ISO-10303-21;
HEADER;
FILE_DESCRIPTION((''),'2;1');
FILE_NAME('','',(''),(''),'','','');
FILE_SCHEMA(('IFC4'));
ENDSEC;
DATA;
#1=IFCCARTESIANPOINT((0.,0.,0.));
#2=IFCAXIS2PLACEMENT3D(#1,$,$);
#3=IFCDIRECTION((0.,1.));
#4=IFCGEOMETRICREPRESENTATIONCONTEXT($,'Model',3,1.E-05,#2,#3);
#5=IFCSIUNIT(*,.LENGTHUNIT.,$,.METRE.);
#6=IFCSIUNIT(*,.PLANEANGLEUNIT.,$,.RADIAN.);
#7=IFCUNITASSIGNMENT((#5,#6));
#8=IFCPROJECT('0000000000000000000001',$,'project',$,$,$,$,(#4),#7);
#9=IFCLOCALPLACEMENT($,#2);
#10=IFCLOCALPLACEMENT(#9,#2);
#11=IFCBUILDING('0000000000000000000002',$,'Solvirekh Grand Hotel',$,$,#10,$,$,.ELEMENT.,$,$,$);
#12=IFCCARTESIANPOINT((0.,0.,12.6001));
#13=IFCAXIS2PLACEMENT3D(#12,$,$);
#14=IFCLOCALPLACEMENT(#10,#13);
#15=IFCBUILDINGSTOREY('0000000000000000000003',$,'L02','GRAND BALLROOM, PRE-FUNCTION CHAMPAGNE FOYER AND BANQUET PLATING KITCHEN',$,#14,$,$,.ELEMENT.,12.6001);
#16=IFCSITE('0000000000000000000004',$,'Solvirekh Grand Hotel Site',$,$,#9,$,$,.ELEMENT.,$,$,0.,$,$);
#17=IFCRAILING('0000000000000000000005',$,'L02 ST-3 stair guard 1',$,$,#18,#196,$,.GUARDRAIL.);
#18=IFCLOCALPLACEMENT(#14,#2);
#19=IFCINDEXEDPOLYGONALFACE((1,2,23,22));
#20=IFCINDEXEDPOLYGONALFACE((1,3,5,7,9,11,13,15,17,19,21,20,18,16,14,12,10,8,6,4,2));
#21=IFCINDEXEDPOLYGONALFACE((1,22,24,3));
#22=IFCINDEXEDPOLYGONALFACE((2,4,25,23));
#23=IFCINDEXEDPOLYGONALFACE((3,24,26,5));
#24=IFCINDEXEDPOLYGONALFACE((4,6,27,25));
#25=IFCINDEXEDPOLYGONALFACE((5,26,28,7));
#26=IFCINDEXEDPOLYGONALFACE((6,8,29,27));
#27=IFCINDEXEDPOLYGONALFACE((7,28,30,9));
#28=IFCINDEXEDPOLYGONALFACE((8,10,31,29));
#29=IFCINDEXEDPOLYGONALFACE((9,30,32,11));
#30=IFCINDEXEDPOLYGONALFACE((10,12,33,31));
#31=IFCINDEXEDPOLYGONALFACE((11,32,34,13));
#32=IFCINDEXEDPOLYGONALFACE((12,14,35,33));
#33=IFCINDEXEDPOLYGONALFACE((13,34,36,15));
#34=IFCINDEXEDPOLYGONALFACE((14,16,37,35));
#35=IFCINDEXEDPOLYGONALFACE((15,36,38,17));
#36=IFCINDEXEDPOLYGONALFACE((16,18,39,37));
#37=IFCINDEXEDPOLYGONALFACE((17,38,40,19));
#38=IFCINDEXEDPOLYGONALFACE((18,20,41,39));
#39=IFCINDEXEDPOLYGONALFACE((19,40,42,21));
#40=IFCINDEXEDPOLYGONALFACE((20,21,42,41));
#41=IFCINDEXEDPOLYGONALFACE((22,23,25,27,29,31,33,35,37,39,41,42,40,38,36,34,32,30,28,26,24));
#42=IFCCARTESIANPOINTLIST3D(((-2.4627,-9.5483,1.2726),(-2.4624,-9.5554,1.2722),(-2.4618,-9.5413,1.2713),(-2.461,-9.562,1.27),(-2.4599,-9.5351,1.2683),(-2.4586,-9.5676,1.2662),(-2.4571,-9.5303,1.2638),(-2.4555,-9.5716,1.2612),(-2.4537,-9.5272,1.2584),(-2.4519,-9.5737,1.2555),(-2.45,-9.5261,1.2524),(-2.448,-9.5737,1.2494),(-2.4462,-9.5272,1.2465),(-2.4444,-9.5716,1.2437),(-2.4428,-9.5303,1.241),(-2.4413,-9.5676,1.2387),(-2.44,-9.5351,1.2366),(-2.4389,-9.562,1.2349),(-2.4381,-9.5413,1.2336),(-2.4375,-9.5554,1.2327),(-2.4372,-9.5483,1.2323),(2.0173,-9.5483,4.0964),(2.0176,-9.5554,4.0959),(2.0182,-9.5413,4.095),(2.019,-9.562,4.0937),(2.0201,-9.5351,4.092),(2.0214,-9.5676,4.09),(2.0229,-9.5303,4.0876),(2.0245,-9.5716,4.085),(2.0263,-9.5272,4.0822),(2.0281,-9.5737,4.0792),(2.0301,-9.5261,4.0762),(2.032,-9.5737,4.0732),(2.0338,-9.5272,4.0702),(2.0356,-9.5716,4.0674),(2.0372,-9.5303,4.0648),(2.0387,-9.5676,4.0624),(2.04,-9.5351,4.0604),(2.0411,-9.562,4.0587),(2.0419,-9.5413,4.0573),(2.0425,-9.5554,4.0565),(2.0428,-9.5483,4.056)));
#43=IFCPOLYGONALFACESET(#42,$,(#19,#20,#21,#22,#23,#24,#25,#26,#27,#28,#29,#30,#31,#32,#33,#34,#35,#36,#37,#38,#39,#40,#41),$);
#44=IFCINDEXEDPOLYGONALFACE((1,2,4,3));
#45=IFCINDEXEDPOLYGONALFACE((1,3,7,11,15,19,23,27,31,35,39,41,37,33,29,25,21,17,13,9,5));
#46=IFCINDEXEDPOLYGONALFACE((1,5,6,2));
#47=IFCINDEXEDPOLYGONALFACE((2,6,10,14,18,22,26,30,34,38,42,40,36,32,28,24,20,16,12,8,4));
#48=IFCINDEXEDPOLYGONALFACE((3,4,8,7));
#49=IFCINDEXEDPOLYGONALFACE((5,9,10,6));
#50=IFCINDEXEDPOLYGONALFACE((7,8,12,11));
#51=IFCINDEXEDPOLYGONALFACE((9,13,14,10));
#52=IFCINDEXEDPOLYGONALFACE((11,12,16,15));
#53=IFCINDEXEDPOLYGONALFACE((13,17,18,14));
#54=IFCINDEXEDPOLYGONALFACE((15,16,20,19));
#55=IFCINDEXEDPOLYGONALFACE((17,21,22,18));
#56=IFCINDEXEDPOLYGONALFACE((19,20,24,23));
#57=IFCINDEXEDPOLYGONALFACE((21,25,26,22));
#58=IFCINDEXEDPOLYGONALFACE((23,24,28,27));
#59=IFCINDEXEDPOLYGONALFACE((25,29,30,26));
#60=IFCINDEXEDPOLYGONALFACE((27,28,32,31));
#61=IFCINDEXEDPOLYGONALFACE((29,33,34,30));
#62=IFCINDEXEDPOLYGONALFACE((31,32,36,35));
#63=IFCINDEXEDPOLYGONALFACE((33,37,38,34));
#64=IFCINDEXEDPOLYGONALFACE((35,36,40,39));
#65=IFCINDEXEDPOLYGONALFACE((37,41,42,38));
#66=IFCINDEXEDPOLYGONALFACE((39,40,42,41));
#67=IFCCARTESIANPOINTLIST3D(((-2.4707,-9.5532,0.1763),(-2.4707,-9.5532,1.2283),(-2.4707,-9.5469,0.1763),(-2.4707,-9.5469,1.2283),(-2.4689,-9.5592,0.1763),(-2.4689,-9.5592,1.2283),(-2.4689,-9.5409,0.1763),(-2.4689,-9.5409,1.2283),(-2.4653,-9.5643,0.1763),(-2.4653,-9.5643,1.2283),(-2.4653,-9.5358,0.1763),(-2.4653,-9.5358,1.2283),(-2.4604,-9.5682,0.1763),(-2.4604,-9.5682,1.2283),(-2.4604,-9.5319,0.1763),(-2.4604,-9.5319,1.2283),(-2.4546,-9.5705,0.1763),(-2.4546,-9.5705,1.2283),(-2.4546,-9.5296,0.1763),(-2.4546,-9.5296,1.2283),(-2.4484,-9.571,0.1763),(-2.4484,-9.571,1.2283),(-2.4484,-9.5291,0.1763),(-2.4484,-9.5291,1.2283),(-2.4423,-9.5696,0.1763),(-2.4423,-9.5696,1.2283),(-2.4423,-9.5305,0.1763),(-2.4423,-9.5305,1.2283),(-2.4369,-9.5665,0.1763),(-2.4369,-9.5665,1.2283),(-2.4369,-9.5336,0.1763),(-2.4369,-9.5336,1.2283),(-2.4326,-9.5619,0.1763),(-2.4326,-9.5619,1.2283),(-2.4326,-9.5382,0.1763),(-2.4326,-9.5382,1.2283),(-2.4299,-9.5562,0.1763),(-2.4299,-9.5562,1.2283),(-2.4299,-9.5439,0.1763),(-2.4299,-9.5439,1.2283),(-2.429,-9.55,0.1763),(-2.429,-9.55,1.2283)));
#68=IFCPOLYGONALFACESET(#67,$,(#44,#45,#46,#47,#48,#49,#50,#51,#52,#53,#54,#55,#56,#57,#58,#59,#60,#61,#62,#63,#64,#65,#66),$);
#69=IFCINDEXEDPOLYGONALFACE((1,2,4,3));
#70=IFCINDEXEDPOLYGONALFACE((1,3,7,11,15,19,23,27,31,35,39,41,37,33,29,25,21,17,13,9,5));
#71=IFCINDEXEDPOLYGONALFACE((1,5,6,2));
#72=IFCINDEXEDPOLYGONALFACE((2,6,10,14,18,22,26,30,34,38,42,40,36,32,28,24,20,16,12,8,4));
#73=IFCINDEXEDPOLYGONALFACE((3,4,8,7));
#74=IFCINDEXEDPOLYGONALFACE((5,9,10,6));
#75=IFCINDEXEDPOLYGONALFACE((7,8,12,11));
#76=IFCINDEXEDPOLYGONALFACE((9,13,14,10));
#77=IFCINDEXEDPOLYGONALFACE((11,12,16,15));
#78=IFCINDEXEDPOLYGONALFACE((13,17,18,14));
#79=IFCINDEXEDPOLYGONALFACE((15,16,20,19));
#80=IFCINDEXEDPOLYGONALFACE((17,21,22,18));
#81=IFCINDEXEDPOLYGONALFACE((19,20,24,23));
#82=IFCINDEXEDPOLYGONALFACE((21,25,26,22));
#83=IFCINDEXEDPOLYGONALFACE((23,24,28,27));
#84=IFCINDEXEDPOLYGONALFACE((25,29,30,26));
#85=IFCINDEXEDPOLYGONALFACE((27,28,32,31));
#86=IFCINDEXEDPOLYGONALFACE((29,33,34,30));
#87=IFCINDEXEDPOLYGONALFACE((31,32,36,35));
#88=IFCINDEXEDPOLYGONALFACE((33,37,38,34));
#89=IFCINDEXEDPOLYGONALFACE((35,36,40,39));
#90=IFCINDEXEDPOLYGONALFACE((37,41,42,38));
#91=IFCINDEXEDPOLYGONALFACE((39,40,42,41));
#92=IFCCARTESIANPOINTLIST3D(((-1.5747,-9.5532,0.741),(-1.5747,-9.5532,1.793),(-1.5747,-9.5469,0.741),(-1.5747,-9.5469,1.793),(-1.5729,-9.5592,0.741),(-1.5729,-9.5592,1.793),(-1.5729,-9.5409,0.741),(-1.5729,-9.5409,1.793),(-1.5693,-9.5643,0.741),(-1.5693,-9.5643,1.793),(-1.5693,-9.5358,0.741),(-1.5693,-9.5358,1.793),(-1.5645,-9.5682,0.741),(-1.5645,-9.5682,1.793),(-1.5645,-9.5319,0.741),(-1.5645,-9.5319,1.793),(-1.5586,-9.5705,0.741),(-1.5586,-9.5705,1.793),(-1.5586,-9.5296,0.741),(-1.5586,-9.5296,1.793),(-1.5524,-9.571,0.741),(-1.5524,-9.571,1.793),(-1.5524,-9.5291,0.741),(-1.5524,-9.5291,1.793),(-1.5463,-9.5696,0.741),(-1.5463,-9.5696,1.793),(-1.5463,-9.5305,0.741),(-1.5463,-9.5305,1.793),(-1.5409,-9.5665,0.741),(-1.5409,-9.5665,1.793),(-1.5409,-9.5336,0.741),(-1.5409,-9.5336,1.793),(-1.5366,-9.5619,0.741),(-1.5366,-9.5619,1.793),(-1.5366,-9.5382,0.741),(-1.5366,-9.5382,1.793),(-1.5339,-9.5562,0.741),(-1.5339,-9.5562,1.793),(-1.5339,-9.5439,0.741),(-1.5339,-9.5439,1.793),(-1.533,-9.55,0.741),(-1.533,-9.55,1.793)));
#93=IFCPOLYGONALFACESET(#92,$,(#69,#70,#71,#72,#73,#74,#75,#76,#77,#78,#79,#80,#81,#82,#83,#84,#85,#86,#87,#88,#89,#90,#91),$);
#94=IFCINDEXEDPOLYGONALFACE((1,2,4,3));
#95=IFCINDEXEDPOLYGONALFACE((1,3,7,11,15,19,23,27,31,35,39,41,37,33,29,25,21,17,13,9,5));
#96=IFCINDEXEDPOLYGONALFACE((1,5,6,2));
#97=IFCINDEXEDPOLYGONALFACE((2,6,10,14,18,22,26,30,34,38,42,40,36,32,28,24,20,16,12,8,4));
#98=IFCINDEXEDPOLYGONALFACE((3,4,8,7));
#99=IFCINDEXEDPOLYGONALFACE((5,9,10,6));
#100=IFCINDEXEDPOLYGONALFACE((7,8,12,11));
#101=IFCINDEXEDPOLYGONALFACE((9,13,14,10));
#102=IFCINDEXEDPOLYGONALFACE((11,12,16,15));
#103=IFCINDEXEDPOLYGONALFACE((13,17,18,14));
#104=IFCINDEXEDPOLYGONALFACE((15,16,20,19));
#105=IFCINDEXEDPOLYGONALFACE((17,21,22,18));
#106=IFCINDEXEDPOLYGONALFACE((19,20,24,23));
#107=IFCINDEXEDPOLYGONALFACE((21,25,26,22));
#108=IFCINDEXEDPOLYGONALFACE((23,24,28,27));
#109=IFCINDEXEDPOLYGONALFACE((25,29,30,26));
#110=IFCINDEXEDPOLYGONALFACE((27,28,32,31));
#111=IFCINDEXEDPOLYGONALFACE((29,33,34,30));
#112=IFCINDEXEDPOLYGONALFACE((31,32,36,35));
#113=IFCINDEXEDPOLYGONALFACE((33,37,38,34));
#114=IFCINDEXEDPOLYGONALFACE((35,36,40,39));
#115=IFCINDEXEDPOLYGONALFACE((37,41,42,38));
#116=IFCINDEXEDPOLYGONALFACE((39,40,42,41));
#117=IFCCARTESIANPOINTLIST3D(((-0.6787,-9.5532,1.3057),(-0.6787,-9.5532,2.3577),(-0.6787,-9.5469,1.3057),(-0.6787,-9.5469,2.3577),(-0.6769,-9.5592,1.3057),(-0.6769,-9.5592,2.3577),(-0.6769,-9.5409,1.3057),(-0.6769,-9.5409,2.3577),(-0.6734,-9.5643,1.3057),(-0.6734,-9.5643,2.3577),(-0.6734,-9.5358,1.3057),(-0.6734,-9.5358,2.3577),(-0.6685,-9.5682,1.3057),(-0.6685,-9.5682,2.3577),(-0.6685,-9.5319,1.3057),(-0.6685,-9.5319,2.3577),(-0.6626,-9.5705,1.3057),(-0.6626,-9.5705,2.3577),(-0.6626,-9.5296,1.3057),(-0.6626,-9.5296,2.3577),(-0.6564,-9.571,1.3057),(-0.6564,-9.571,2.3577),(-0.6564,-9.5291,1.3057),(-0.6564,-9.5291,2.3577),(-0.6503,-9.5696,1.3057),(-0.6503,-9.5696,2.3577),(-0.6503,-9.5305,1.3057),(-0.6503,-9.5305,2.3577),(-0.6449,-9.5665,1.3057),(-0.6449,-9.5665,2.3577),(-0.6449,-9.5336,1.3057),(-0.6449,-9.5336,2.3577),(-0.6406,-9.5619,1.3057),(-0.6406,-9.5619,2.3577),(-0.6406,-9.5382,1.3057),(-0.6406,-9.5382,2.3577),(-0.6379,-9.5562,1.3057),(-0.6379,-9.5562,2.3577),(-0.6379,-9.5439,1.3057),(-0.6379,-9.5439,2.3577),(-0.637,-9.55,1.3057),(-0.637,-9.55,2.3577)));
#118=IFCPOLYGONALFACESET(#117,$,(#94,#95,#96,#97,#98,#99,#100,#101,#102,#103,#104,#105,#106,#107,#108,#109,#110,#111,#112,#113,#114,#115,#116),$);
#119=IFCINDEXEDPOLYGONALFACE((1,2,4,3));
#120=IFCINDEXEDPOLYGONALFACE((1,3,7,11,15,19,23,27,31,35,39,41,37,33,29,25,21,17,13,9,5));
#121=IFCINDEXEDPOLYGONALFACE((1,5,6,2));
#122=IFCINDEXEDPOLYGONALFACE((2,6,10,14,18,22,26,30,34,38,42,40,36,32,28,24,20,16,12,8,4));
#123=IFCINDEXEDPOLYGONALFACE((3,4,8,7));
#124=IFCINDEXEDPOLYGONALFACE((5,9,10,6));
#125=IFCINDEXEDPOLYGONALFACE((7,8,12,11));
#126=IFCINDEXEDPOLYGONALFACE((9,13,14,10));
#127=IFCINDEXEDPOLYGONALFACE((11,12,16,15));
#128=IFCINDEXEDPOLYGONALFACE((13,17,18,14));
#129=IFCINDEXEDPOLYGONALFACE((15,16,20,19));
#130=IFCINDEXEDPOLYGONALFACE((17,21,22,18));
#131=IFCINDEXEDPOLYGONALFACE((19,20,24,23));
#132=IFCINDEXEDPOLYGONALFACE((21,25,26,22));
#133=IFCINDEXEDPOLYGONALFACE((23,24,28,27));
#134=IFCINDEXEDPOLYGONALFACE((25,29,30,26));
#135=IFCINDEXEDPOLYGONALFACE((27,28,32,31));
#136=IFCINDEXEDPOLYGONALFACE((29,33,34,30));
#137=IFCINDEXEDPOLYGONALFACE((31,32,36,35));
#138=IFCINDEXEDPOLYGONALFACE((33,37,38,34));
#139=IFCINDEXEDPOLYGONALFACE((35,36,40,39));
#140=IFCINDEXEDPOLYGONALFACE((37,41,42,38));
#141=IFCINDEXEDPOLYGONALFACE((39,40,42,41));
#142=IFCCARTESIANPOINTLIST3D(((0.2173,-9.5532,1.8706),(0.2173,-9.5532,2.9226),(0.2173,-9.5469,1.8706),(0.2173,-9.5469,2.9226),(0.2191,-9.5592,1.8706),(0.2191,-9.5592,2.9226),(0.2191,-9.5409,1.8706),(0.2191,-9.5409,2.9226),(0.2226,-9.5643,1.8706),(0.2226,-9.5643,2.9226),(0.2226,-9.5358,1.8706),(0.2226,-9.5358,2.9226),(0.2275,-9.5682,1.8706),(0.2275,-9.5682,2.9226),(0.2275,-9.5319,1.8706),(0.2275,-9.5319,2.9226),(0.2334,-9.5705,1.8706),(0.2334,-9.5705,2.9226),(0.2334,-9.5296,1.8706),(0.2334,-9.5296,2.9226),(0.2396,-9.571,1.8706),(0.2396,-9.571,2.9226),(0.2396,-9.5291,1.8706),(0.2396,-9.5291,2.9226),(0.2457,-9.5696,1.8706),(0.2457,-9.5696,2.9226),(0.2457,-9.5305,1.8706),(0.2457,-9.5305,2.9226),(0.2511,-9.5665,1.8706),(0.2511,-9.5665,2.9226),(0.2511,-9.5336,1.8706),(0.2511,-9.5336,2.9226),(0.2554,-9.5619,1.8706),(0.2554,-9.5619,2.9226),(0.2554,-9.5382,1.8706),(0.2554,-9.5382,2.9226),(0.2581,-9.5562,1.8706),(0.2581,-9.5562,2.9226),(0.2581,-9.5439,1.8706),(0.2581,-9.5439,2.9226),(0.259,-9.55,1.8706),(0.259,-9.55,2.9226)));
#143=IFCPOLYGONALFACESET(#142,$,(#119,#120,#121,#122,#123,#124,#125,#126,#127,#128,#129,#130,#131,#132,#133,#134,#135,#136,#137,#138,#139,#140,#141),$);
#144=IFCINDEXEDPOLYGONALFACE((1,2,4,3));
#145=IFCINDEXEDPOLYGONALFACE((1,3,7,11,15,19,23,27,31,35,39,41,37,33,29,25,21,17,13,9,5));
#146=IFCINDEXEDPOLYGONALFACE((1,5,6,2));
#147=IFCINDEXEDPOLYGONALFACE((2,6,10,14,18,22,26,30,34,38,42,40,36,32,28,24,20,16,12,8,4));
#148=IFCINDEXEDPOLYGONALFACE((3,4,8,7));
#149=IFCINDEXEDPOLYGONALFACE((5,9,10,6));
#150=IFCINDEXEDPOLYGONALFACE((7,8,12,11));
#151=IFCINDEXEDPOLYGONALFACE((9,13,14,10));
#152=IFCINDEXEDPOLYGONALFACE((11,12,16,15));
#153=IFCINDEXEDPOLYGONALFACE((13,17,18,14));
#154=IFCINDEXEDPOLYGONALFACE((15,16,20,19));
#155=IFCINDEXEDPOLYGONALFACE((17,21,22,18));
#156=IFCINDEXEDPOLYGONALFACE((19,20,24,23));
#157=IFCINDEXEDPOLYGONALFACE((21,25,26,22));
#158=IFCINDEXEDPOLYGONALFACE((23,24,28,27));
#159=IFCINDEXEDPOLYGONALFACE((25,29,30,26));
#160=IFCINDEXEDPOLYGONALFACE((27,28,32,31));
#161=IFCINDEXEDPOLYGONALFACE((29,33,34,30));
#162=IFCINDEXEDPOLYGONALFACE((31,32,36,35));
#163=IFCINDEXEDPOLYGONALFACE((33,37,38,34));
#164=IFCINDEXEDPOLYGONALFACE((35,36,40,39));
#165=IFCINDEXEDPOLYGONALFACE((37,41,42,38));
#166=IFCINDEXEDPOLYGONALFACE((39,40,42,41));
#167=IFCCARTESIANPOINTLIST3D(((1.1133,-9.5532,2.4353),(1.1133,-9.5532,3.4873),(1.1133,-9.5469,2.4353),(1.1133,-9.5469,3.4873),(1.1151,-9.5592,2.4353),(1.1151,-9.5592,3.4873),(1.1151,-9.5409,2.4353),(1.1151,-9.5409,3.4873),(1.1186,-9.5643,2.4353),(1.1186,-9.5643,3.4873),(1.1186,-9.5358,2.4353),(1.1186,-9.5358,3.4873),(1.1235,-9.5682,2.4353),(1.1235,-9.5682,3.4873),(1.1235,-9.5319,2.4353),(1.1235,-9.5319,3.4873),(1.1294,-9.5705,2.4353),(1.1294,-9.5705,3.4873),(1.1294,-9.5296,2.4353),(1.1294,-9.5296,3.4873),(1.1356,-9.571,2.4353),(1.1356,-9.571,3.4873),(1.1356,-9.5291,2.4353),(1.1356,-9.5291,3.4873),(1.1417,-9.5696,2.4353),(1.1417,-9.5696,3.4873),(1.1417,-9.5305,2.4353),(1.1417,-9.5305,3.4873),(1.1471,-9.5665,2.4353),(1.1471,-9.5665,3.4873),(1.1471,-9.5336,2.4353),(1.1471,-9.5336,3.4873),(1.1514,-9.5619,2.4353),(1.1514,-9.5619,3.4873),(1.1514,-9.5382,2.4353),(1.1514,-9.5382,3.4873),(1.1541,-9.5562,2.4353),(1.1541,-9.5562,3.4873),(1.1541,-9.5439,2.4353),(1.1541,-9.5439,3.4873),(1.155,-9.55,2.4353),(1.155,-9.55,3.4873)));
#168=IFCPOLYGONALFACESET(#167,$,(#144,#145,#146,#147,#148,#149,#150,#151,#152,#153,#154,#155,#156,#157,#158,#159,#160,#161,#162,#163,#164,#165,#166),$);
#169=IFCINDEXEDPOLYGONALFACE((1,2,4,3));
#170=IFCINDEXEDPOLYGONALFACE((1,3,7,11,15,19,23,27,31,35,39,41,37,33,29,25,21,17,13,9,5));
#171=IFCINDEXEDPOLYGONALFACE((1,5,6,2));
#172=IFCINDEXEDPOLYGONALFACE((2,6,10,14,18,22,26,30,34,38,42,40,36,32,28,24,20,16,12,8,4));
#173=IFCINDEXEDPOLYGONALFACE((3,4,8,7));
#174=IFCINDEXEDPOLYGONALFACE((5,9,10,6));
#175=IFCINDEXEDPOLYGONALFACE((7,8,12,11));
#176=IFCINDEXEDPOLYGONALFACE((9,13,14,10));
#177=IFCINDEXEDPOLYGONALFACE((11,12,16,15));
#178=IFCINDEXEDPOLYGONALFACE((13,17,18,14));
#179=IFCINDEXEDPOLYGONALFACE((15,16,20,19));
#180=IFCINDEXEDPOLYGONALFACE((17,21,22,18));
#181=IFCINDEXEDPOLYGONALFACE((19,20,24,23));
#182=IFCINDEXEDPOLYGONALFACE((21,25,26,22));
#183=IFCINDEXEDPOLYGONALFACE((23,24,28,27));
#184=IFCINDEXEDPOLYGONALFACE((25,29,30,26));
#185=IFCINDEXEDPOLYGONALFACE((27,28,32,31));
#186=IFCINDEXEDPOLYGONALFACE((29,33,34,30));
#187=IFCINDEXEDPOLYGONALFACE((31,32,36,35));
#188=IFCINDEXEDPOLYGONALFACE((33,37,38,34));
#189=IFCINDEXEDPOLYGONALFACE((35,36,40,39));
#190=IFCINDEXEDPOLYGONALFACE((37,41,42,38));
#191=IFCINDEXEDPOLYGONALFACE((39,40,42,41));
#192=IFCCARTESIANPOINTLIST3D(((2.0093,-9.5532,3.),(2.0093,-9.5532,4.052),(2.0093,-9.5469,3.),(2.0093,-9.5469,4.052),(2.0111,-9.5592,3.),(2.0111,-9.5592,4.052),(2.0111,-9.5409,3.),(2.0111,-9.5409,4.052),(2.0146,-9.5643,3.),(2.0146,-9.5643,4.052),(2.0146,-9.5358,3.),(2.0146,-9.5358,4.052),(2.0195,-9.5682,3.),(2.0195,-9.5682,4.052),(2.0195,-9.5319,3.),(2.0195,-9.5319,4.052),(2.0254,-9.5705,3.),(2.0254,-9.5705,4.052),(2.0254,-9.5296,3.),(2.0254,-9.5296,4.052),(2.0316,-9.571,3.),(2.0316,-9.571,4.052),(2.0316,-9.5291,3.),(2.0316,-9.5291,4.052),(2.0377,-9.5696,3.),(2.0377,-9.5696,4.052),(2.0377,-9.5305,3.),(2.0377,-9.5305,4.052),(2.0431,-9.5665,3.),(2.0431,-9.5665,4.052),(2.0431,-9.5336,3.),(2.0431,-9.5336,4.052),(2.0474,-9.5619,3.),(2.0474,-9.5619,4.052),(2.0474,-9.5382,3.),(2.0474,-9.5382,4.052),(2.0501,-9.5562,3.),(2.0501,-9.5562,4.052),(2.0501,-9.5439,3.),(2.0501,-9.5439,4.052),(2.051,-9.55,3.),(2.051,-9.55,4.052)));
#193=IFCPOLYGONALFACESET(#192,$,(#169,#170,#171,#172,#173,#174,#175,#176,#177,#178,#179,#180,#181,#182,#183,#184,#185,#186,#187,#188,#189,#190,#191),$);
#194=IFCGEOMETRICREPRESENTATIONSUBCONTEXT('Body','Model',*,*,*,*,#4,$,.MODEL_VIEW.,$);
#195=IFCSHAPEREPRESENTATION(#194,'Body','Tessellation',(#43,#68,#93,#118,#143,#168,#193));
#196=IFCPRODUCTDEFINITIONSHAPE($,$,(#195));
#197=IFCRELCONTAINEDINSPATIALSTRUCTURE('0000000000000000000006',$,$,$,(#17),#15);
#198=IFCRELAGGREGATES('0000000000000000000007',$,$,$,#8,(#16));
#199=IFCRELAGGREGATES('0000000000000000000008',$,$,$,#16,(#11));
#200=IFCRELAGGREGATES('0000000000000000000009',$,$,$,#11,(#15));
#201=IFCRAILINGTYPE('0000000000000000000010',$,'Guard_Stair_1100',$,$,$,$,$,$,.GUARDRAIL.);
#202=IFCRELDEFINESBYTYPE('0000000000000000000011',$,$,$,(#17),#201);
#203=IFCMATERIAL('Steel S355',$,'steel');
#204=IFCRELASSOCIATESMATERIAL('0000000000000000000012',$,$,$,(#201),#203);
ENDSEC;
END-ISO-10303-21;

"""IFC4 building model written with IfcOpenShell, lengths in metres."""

from ifc_helpers import new_model, si_unit, direction, frame, origin, origin_2d, place, context, subcontext, project, spatial, circle, extrude, material, type_object, element, save


model = new_model("IFC4")

# Units and contexts
model_context = context("Model", 3, precision=1e-05, world=origin(), true_north=direction((0.0, 1.0)))
body_context = subcontext(model_context, "Body", "Model", "MODEL_VIEW")
ifc_project = project(units=[si_unit("LENGTHUNIT", "METRE"), si_unit("PLANEANGLEUNIT", "RADIAN")], contexts=[model_context])

# Site, building, storey
site_placement = place(None, origin())
site = spatial("IfcSite", under=ifc_project, at=site_placement, Name="Solvirekh Grand Hotel Site", CompositionType="ELEMENT", RefElevation=0.0)
building_placement = place(site_placement, origin())
building = spatial("IfcBuilding", under=site, at=building_placement, Name="Solvirekh Grand Hotel", CompositionType="ELEMENT")
storey_placement = place(building_placement, frame((0.0, 0.0, 12.6001)))
storey = spatial("IfcBuildingStorey", under=building, at=storey_placement, Name="L02", Description="GRAND BALLROOM, PRE-FUNCTION CHAMPAGNE FOYER AND BANQUET PLATING KITCHEN", CompositionType="ELEMENT", Elevation=12.6001)

# Shared definitions
ifc_material_1 = material(Name="Steel S355", Category="steel")

# Railing
railing_type_1 = type_object("IfcRailingType", Name="Guard_Stair_1100", PredefinedType="GUARDRAIL", material=ifc_material_1)
railing_1_placement = place(storey_placement, frame((-2.45, -9.55, 0.1763)))
element("IfcRailing", 1, at=railing_1_placement, inside=storey, type_object=railing_type_1, Name="L02 ST-3 stair guard 1", PredefinedType="GUARDRAIL", context=body_context, shape_type="SweptSolid", body=[
    extrude(circle(Radius=0.0239, at=origin_2d()), frame((0.0, 0.0, 1.0762), z_axis=(0.845977, 0.0, 0.533219), x_axis=(0.0, 1.0, 0.0)), (0.0, 0.0, 1.0), 5.2957),
    extrude(circle(Radius=0.021, at=origin_2d()), origin(), (0.0, 0.0, 1.0), 1.052),
    extrude(circle(Radius=0.021, at=origin_2d()), frame((0.896, 0.0, 0.5647)), (0.0, 0.0, 1.0), 1.052),
    extrude(circle(Radius=0.021, at=origin_2d()), frame((1.792, 0.0, 1.1294)), (0.0, 0.0, 1.0), 1.052),
    extrude(circle(Radius=0.021, at=origin_2d()), frame((2.688, 0.0, 1.6943)), (0.0, 0.0, 1.0), 1.052),
    extrude(circle(Radius=0.021, at=origin_2d()), frame((3.584, 0.0, 2.259)), (0.0, 0.0, 1.0), 1.052),
    extrude(circle(Radius=0.021, at=origin_2d()), frame((4.48, 0.0, 2.8237)), (0.0, 0.0, 1.0), 1.052),
])

save(model, "model.ifc")
